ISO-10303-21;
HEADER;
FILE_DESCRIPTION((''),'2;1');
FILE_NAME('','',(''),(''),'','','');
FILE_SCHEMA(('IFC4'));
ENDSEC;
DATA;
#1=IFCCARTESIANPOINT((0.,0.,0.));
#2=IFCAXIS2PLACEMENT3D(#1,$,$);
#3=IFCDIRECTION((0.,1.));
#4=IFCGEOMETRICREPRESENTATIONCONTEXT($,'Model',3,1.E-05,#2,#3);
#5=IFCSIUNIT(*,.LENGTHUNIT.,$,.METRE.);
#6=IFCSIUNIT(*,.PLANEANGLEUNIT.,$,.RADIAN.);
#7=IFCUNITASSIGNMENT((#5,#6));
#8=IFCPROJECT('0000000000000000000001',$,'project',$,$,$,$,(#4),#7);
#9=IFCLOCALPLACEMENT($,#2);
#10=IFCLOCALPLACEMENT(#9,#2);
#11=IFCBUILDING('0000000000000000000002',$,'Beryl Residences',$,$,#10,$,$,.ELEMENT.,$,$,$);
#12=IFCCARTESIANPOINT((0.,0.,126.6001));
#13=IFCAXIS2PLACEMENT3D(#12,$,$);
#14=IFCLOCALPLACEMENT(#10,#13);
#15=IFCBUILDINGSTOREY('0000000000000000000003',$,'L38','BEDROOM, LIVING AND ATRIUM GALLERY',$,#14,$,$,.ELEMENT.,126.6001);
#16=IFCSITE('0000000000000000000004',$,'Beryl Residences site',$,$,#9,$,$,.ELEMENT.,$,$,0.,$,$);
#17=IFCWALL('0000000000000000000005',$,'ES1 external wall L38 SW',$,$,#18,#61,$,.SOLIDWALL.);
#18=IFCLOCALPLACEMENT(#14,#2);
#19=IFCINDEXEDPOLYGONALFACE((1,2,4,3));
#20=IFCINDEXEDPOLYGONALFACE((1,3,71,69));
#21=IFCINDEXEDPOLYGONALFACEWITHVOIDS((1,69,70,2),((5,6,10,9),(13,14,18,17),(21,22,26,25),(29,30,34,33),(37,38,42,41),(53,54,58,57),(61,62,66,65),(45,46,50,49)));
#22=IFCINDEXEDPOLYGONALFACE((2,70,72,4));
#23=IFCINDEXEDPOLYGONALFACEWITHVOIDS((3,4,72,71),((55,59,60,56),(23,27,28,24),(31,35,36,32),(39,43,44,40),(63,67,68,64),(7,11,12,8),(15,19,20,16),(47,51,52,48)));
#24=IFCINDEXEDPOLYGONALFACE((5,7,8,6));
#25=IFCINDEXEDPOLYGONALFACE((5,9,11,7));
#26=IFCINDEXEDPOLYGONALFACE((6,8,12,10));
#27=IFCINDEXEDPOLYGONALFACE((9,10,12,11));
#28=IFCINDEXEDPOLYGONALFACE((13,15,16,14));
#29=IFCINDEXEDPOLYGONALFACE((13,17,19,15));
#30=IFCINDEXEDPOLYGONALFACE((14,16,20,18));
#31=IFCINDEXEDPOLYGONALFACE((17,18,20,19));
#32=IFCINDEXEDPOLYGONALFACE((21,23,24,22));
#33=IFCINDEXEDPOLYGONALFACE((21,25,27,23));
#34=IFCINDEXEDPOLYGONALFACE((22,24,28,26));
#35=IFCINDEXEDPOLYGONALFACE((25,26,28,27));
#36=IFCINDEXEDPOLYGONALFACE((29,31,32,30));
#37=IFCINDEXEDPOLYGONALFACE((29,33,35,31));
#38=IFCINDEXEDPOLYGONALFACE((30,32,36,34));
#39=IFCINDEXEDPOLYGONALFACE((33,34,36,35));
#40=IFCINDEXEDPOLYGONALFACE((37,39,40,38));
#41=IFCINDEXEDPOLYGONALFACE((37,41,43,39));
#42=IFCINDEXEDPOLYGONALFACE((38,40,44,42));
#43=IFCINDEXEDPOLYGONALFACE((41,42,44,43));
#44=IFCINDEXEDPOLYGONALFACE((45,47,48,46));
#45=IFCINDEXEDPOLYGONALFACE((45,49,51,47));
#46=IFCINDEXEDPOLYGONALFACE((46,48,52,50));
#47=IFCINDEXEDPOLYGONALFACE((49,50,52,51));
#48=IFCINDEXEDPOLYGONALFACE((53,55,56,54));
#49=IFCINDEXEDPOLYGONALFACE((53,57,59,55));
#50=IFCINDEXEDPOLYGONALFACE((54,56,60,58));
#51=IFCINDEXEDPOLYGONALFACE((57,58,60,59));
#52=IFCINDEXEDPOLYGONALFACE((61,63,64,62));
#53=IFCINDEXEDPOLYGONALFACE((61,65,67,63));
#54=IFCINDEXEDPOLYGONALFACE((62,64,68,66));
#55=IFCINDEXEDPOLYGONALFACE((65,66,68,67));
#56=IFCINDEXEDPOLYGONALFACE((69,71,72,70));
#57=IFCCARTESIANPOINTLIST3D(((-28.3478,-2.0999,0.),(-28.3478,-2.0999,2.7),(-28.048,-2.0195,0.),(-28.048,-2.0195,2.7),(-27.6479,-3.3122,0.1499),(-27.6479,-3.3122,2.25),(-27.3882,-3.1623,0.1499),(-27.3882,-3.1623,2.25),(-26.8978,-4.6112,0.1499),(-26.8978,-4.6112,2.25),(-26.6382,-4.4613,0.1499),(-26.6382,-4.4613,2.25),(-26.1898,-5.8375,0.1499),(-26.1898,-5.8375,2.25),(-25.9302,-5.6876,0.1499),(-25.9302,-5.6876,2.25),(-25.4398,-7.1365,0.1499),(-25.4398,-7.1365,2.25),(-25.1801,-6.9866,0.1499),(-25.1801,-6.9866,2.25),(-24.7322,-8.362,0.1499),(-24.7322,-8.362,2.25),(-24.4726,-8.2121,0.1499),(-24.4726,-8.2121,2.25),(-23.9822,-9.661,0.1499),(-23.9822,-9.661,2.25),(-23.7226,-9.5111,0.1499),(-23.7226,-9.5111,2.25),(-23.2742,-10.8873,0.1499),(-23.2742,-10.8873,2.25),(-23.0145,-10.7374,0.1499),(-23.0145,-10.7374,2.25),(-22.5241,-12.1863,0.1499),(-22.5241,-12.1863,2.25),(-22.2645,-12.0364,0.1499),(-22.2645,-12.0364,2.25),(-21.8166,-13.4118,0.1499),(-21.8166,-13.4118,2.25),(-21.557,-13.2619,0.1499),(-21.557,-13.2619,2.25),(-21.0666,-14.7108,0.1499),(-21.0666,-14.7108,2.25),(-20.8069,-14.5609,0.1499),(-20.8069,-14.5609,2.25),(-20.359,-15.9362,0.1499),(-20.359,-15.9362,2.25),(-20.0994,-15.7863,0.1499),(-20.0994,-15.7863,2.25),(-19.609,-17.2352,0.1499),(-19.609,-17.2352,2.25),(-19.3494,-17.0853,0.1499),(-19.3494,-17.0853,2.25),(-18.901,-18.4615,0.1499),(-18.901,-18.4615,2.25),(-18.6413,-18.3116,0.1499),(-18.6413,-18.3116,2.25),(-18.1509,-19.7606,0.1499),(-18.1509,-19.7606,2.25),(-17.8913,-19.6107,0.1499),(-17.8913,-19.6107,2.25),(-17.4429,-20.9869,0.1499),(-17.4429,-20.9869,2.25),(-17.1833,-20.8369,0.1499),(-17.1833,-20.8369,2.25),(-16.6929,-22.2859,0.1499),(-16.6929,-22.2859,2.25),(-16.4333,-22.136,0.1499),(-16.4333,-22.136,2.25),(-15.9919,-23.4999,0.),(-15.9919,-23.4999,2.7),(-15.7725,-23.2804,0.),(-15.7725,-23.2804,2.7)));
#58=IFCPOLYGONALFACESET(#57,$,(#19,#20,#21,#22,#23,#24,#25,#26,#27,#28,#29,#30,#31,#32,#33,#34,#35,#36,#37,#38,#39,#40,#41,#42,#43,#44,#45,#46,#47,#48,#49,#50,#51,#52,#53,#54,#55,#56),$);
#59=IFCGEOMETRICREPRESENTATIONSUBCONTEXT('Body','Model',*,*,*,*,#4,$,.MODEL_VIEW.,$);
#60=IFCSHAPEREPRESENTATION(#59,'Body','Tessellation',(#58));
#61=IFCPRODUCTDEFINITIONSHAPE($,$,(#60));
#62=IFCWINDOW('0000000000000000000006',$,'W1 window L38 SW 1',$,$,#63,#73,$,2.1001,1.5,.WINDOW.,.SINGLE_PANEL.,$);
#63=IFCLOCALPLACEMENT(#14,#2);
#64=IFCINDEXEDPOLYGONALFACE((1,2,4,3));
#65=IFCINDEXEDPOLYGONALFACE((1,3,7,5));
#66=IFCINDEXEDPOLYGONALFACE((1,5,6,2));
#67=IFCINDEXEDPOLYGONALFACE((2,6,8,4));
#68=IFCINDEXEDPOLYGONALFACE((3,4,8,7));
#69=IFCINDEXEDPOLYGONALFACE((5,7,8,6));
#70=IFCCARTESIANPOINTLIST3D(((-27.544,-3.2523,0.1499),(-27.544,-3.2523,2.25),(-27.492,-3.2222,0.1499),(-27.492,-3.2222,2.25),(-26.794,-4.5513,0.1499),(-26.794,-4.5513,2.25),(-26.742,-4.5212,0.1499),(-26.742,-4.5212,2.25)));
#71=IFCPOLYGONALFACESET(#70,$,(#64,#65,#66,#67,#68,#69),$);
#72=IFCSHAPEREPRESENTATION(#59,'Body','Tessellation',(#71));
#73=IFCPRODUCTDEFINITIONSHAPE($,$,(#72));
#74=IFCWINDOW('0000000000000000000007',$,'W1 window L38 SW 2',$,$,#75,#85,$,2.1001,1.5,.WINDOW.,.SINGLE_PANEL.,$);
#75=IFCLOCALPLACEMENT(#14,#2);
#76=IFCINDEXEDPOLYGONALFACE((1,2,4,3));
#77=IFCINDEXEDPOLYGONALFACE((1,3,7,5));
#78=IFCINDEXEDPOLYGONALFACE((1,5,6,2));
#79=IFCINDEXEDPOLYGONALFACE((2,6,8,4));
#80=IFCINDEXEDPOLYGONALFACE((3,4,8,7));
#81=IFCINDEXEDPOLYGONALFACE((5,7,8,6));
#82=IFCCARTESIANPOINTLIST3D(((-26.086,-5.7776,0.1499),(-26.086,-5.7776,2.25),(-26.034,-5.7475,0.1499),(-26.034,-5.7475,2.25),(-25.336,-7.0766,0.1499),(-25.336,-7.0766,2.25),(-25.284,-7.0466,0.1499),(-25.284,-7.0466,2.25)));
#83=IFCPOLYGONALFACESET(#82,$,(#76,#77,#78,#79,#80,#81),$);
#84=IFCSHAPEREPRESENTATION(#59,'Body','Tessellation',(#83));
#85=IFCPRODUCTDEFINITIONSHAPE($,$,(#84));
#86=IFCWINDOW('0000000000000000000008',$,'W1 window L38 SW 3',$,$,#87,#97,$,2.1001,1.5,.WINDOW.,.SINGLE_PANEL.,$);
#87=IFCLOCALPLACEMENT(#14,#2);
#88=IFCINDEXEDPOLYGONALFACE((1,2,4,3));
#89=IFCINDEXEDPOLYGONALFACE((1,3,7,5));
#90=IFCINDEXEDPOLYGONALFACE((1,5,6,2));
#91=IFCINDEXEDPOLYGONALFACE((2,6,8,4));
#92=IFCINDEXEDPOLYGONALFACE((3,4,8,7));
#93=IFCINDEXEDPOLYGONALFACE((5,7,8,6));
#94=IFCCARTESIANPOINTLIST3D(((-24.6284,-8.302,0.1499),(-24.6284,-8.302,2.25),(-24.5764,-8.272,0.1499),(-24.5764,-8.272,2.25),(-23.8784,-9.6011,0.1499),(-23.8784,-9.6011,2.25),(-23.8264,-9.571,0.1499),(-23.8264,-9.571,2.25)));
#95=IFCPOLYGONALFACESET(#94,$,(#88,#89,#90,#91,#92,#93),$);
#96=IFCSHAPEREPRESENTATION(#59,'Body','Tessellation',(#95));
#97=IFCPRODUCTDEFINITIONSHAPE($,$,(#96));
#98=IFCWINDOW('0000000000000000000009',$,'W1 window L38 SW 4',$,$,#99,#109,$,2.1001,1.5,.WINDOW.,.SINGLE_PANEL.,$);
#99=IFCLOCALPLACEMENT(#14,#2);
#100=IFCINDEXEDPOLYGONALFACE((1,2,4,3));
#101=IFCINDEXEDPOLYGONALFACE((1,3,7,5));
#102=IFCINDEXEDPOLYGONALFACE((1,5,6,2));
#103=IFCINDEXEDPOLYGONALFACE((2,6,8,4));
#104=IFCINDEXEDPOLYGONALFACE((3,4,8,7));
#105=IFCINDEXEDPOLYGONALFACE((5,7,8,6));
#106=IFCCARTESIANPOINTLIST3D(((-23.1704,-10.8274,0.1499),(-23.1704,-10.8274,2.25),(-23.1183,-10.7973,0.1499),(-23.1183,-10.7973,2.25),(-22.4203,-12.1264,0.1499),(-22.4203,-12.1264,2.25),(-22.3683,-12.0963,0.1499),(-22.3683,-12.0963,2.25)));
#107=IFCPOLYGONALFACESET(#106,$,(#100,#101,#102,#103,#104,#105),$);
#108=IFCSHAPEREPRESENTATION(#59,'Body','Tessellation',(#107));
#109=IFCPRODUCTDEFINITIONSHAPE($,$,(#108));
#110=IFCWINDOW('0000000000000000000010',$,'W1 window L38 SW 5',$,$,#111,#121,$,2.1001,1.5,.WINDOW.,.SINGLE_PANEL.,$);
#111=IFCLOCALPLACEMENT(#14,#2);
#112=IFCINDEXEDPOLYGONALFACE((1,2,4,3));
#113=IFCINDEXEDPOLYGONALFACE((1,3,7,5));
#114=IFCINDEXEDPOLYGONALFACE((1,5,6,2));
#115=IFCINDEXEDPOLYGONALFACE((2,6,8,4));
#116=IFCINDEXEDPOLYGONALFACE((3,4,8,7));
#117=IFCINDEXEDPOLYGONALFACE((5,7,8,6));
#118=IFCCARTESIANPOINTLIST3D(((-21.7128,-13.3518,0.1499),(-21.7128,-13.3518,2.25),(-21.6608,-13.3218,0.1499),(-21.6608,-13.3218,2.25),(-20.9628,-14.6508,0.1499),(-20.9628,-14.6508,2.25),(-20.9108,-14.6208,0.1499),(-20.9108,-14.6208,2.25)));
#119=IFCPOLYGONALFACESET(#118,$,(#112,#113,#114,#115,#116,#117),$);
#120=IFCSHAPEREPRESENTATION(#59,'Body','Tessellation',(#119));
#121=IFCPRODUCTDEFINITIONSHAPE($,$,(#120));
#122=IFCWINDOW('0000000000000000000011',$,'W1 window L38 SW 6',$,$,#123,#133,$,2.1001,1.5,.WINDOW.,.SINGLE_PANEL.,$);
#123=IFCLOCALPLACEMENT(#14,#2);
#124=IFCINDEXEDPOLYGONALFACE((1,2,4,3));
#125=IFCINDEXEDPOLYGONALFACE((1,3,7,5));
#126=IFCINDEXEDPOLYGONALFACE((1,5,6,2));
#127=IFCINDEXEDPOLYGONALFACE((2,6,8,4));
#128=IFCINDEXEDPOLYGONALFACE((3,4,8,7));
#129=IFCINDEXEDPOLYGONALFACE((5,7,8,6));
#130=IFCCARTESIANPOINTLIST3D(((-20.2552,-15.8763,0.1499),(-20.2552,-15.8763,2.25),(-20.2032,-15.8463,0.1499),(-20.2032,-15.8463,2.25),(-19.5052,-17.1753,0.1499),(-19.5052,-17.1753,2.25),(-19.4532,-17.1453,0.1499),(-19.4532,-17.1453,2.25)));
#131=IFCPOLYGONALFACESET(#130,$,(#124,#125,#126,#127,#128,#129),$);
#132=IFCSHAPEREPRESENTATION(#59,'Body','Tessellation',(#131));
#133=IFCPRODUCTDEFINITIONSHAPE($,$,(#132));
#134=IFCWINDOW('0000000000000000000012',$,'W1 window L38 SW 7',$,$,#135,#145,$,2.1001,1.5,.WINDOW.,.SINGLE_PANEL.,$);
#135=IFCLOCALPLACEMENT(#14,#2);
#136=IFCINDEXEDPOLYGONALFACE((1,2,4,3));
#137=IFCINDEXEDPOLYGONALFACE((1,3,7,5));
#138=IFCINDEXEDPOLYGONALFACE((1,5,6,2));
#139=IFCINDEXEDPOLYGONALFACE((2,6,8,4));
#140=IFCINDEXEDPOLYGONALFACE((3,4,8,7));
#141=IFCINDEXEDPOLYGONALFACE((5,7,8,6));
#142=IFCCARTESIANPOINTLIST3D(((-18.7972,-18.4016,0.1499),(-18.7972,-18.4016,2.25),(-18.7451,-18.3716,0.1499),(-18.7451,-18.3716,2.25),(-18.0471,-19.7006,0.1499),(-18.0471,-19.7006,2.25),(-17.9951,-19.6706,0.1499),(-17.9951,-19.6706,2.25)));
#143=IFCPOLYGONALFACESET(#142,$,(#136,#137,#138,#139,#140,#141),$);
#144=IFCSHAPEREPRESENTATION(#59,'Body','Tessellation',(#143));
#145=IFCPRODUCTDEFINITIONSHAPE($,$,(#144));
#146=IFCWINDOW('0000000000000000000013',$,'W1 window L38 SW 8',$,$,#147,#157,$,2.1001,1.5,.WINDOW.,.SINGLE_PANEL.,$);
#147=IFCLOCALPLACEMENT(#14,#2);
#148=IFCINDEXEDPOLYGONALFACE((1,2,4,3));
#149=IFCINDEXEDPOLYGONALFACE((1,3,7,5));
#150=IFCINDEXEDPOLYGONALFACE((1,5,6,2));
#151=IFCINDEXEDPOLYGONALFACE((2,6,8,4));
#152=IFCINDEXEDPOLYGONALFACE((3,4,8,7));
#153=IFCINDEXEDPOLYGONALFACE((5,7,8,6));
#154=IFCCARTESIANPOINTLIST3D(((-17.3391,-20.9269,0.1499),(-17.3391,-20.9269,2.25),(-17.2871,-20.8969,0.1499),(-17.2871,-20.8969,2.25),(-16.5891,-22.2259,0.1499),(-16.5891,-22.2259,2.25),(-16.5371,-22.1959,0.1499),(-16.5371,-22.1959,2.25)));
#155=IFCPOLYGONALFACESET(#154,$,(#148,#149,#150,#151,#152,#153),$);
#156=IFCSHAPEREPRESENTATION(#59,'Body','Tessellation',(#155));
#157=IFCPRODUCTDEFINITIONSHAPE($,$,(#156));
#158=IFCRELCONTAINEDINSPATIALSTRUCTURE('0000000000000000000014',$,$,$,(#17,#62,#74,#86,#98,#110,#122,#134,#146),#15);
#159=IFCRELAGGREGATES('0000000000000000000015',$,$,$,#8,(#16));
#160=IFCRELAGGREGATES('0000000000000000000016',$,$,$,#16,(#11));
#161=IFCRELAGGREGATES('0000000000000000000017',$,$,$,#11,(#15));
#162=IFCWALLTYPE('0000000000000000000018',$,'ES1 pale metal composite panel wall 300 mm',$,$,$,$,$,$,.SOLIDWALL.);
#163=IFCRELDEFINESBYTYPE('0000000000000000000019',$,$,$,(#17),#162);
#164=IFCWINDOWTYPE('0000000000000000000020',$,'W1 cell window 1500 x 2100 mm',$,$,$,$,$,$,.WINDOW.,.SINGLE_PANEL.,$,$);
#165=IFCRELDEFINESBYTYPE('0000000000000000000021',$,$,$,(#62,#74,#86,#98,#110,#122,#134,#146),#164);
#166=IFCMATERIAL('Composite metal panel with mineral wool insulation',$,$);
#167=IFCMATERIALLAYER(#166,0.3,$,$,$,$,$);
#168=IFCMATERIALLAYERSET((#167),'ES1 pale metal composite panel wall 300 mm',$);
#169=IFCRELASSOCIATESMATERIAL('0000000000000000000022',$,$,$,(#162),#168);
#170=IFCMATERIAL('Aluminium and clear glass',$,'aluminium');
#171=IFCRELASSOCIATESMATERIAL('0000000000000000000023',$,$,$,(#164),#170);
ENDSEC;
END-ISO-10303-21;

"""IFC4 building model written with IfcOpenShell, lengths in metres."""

from ifc_helpers import new_model, si_unit, direction, frame, frame_2d, origin, place, context, subcontext, project, spatial, polyline, rectangle, outline, extrude, material, layer, layer_set, type_object, element, fill, save


model = new_model("IFC4")

# Units and contexts
model_context = context("Model", 3, precision=1e-05, world=origin(), true_north=direction((0.0, 1.0)))
body_context = subcontext(model_context, "Body", "Model", "MODEL_VIEW")
ifc_project = project(units=[si_unit("LENGTHUNIT", "METRE"), si_unit("PLANEANGLEUNIT", "RADIAN")], contexts=[model_context])

# Site, building, storey
site_placement = place(None, origin())
site = spatial("IfcSite", under=ifc_project, at=site_placement, Name="Beryl Residences site", CompositionType="ELEMENT", RefElevation=0.0)
building_placement = place(site_placement, origin())
building = spatial("IfcBuilding", under=site, at=building_placement, Name="Beryl Residences", CompositionType="ELEMENT")
storey_placement = place(building_placement, frame((0.0, 0.0, 126.6001)))
storey = spatial("IfcBuildingStorey", under=building, at=storey_placement, Name="L38", Description="BEDROOM, LIVING AND ATRIUM GALLERY", CompositionType="ELEMENT", Elevation=126.6001)

# Wall, openings, windows
ifc_material_1 = material(Name="Composite metal panel with mineral wool insulation")
ifc_layer_1 = layer(ifc_material_1, 0.3)
ifc_layer_set_1 = layer_set([ifc_layer_1], Name="ES1 pale metal composite panel wall 300 mm")
wall_type_1 = type_object("IfcWallType", Name="ES1 pale metal composite panel wall 300 mm", PredefinedType="SOLIDWALL", material=ifc_layer_set_1)
wall_1_placement = place(storey_placement, frame((-28.218, -2.0249, 0.0), z_axis=(0.0, 0.0, 1.0), x_axis=(0.500018, -0.866015, 0.0)))
wall_1 = element("IfcWall", 1, at=wall_1_placement, inside=storey, type_object=wall_type_1, Name="ES1 external wall L38 SW", PredefinedType="SOLIDWALL", context=body_context, shape_type="SweptSolid", body=[
    extrude(outline(polyline([(0.0, -0.1499), (24.7109, -0.1499), (24.6306, 0.1499), (0.0803, 0.1499), (0.0, -0.1499)])), origin(), (0.0, 0.0, 1.0), 2.7),
])
opening_1_placement = place(wall_1_placement, frame((1.3999, 0.0, 0.1499)))
opening_1 = element("IfcOpeningElement", 2, at=opening_1_placement, cuts=wall_1, PredefinedType="OPENING", context=body_context, shape_type="SweptSolid", body=[
    extrude(rectangle(XDim=1.5, YDim=2.1001, at=frame_2d((0.75, 1.05))), frame((0.0, 0.1599, 0.0), z_axis=(0.0, -1.0, 0.0), x_axis=(1.0, 0.0, 0.0)), (0.0, 0.0, 1.0), 0.3201),
])
opening_2_placement = place(wall_1_placement, frame((4.3159, 0.0, 0.1499)))
opening_2 = element("IfcOpeningElement", 3, at=opening_2_placement, cuts=wall_1, PredefinedType="OPENING", context=body_context, shape_type="SweptSolid", body=[
    extrude(rectangle(XDim=1.5, YDim=2.1001, at=frame_2d((0.75, 1.05))), frame((0.0, 0.1599, 0.0), z_axis=(0.0, -1.0, 0.0), x_axis=(1.0, 0.0, 0.0)), (0.0, 0.0, 1.0), 0.3201),
])
opening_3_placement = place(wall_1_placement, frame((7.231, 0.0, 0.1499)))
opening_3 = element("IfcOpeningElement", 4, at=opening_3_placement, cuts=wall_1, PredefinedType="OPENING", context=body_context, shape_type="SweptSolid", body=[
    extrude(rectangle(XDim=1.5, YDim=2.1001, at=frame_2d((0.75, 1.05))), frame((0.0, 0.1599, 0.0), z_axis=(0.0, -1.0, 0.0), x_axis=(1.0, 0.0, 0.0)), (0.0, 0.0, 1.0), 0.3201),
])
opening_4_placement = place(wall_1_placement, frame((10.147, 0.0, 0.1499)))
opening_4 = element("IfcOpeningElement", 5, at=opening_4_placement, cuts=wall_1, PredefinedType="OPENING", context=body_context, shape_type="SweptSolid", body=[
    extrude(rectangle(XDim=1.5, YDim=2.1001, at=frame_2d((0.75, 1.05))), frame((0.0, 0.1599, 0.0), z_axis=(0.0, -1.0, 0.0), x_axis=(1.0, 0.0, 0.0)), (0.0, 0.0, 1.0), 0.3201),
])
opening_5_placement = place(wall_1_placement, frame((13.062, 0.0, 0.1499)))
opening_5 = element("IfcOpeningElement", 6, at=opening_5_placement, cuts=wall_1, PredefinedType="OPENING", context=body_context, shape_type="SweptSolid", body=[
    extrude(rectangle(XDim=1.5, YDim=2.1001, at=frame_2d((0.75, 1.05))), frame((0.0, 0.1599, 0.0), z_axis=(0.0, -1.0, 0.0), x_axis=(1.0, 0.0, 0.0)), (0.0, 0.0, 1.0), 0.3201),
])
opening_6_placement = place(wall_1_placement, frame((15.9771, 0.0, 0.1499)))
opening_6 = element("IfcOpeningElement", 7, at=opening_6_placement, cuts=wall_1, PredefinedType="OPENING", context=body_context, shape_type="SweptSolid", body=[
    extrude(rectangle(XDim=1.5, YDim=2.1001, at=frame_2d((0.75, 1.05))), frame((0.0, 0.1599, 0.0), z_axis=(0.0, -1.0, 0.0), x_axis=(1.0, 0.0, 0.0)), (0.0, 0.0, 1.0), 0.3201),
])
opening_7_placement = place(wall_1_placement, frame((18.8931, 0.0, 0.1499)))
opening_7 = element("IfcOpeningElement", 8, at=opening_7_placement, cuts=wall_1, PredefinedType="OPENING", context=body_context, shape_type="SweptSolid", body=[
    extrude(rectangle(XDim=1.5, YDim=2.1001, at=frame_2d((0.75, 1.05))), frame((0.0, 0.1599, 0.0), z_axis=(0.0, -1.0, 0.0), x_axis=(1.0, 0.0, 0.0)), (0.0, 0.0, 1.0), 0.3201),
])
opening_8_placement = place(wall_1_placement, frame((21.8091, 0.0, 0.1499)))
opening_8 = element("IfcOpeningElement", 9, at=opening_8_placement, cuts=wall_1, PredefinedType="OPENING", context=body_context, shape_type="SweptSolid", body=[
    extrude(rectangle(XDim=1.5, YDim=2.1001, at=frame_2d((0.75, 1.05))), frame((0.0, 0.1599, 0.0), z_axis=(0.0, -1.0, 0.0), x_axis=(1.0, 0.0, 0.0)), (0.0, 0.0, 1.0), 0.3201),
])
ifc_material_2 = material(Name="Aluminium and clear glass", Category="aluminium")
window_type = type_object("IfcWindowType", Name="W1 cell window 1500 x 2100 mm", PartitioningType="SINGLE_PANEL", PredefinedType="WINDOW", material=ifc_material_2)
window_1_placement = place(opening_1_placement, origin())
window_1 = element("IfcWindow", 10, at=window_1_placement, inside=storey, type_object=window_type, Name="W1 window L38 SW 1", OverallHeight=2.1001, OverallWidth=1.5, PartitioningType="SINGLE_PANEL", PredefinedType="WINDOW", context=body_context, shape_type="SweptSolid", body=[
    extrude(rectangle(XDim=1.5, YDim=2.1001, at=frame_2d((0.75, 1.05))), frame((0.0, 0.03, 0.0), z_axis=(0.0, -1.0, 0.0), x_axis=(1.0, 0.0, 0.0)), (0.0, 0.0, 1.0), 0.0601),
])
fill(opening_1, window_1)
window_2_placement = place(opening_2_placement, origin())
window_2 = element("IfcWindow", 11, at=window_2_placement, inside=storey, type_object=window_type, Name="W1 window L38 SW 2", OverallHeight=2.1001, OverallWidth=1.5, PartitioningType="SINGLE_PANEL", PredefinedType="WINDOW", context=body_context, shape_type="SweptSolid", body=[
    extrude(rectangle(XDim=1.5, YDim=2.1001, at=frame_2d((0.75, 1.05))), frame((0.0, 0.03, 0.0), z_axis=(0.0, -1.0, 0.0), x_axis=(1.0, 0.0, 0.0)), (0.0, 0.0, 1.0), 0.0601),
])
fill(opening_2, window_2)
window_3_placement = place(opening_3_placement, origin())
window_3 = element("IfcWindow", 12, at=window_3_placement, inside=storey, type_object=window_type, Name="W1 window L38 SW 3", OverallHeight=2.1001, OverallWidth=1.5, PartitioningType="SINGLE_PANEL", PredefinedType="WINDOW", context=body_context, shape_type="SweptSolid", body=[
    extrude(rectangle(XDim=1.5, YDim=2.1001, at=frame_2d((0.75, 1.05))), frame((0.0, 0.03, 0.0), z_axis=(0.0, -1.0, 0.0), x_axis=(1.0, 0.0, 0.0)), (0.0, 0.0, 1.0), 0.0601),
])
fill(opening_3, window_3)
window_4_placement = place(opening_4_placement, origin())
window_4 = element("IfcWindow", 13, at=window_4_placement, inside=storey, type_object=window_type, Name="W1 window L38 SW 4", OverallHeight=2.1001, OverallWidth=1.5, PartitioningType="SINGLE_PANEL", PredefinedType="WINDOW", context=body_context, shape_type="SweptSolid", body=[
    extrude(rectangle(XDim=1.5, YDim=2.1001, at=frame_2d((0.75, 1.05))), frame((0.0, 0.03, 0.0), z_axis=(0.0, -1.0, 0.0), x_axis=(1.0, 0.0, 0.0)), (0.0, 0.0, 1.0), 0.0601),
])
fill(opening_4, window_4)
window_5_placement = place(opening_5_placement, origin())
window_5 = element("IfcWindow", 14, at=window_5_placement, inside=storey, type_object=window_type, Name="W1 window L38 SW 5", OverallHeight=2.1001, OverallWidth=1.5, PartitioningType="SINGLE_PANEL", PredefinedType="WINDOW", context=body_context, shape_type="SweptSolid", body=[
    extrude(rectangle(XDim=1.5, YDim=2.1001, at=frame_2d((0.75, 1.05))), frame((0.0, 0.03, 0.0), z_axis=(0.0, -1.0, 0.0), x_axis=(1.0, 0.0, 0.0)), (0.0, 0.0, 1.0), 0.0601),
])
fill(opening_5, window_5)
window_6_placement = place(opening_6_placement, origin())
window_6 = element("IfcWindow", 15, at=window_6_placement, inside=storey, type_object=window_type, Name="W1 window L38 SW 6", OverallHeight=2.1001, OverallWidth=1.5, PartitioningType="SINGLE_PANEL", PredefinedType="WINDOW", context=body_context, shape_type="SweptSolid", body=[
    extrude(rectangle(XDim=1.5, YDim=2.1001, at=frame_2d((0.75, 1.05))), frame((0.0, 0.03, 0.0), z_axis=(0.0, -1.0, 0.0), x_axis=(1.0, 0.0, 0.0)), (0.0, 0.0, 1.0), 0.0601),
])
fill(opening_6, window_6)
window_7_placement = place(opening_7_placement, origin())
window_7 = element("IfcWindow", 16, at=window_7_placement, inside=storey, type_object=window_type, Name="W1 window L38 SW 7", OverallHeight=2.1001, OverallWidth=1.5, PartitioningType="SINGLE_PANEL", PredefinedType="WINDOW", context=body_context, shape_type="SweptSolid", body=[
    extrude(rectangle(XDim=1.5, YDim=2.1001, at=frame_2d((0.75, 1.05))), frame((0.0, 0.03, 0.0), z_axis=(0.0, -1.0, 0.0), x_axis=(1.0, 0.0, 0.0)), (0.0, 0.0, 1.0), 0.0601),
])
fill(opening_7, window_7)
window_8_placement = place(opening_8_placement, origin())
window_8 = element("IfcWindow", 17, at=window_8_placement, inside=storey, type_object=window_type, Name="W1 window L38 SW 8", OverallHeight=2.1001, OverallWidth=1.5, PartitioningType="SINGLE_PANEL", PredefinedType="WINDOW", context=body_context, shape_type="SweptSolid", body=[
    extrude(rectangle(XDim=1.5, YDim=2.1001, at=frame_2d((0.75, 1.05))), frame((0.0, 0.03, 0.0), z_axis=(0.0, -1.0, 0.0), x_axis=(1.0, 0.0, 0.0)), (0.0, 0.0, 1.0), 0.0601),
])
fill(opening_8, window_8)

save(model, "model.ifc")
